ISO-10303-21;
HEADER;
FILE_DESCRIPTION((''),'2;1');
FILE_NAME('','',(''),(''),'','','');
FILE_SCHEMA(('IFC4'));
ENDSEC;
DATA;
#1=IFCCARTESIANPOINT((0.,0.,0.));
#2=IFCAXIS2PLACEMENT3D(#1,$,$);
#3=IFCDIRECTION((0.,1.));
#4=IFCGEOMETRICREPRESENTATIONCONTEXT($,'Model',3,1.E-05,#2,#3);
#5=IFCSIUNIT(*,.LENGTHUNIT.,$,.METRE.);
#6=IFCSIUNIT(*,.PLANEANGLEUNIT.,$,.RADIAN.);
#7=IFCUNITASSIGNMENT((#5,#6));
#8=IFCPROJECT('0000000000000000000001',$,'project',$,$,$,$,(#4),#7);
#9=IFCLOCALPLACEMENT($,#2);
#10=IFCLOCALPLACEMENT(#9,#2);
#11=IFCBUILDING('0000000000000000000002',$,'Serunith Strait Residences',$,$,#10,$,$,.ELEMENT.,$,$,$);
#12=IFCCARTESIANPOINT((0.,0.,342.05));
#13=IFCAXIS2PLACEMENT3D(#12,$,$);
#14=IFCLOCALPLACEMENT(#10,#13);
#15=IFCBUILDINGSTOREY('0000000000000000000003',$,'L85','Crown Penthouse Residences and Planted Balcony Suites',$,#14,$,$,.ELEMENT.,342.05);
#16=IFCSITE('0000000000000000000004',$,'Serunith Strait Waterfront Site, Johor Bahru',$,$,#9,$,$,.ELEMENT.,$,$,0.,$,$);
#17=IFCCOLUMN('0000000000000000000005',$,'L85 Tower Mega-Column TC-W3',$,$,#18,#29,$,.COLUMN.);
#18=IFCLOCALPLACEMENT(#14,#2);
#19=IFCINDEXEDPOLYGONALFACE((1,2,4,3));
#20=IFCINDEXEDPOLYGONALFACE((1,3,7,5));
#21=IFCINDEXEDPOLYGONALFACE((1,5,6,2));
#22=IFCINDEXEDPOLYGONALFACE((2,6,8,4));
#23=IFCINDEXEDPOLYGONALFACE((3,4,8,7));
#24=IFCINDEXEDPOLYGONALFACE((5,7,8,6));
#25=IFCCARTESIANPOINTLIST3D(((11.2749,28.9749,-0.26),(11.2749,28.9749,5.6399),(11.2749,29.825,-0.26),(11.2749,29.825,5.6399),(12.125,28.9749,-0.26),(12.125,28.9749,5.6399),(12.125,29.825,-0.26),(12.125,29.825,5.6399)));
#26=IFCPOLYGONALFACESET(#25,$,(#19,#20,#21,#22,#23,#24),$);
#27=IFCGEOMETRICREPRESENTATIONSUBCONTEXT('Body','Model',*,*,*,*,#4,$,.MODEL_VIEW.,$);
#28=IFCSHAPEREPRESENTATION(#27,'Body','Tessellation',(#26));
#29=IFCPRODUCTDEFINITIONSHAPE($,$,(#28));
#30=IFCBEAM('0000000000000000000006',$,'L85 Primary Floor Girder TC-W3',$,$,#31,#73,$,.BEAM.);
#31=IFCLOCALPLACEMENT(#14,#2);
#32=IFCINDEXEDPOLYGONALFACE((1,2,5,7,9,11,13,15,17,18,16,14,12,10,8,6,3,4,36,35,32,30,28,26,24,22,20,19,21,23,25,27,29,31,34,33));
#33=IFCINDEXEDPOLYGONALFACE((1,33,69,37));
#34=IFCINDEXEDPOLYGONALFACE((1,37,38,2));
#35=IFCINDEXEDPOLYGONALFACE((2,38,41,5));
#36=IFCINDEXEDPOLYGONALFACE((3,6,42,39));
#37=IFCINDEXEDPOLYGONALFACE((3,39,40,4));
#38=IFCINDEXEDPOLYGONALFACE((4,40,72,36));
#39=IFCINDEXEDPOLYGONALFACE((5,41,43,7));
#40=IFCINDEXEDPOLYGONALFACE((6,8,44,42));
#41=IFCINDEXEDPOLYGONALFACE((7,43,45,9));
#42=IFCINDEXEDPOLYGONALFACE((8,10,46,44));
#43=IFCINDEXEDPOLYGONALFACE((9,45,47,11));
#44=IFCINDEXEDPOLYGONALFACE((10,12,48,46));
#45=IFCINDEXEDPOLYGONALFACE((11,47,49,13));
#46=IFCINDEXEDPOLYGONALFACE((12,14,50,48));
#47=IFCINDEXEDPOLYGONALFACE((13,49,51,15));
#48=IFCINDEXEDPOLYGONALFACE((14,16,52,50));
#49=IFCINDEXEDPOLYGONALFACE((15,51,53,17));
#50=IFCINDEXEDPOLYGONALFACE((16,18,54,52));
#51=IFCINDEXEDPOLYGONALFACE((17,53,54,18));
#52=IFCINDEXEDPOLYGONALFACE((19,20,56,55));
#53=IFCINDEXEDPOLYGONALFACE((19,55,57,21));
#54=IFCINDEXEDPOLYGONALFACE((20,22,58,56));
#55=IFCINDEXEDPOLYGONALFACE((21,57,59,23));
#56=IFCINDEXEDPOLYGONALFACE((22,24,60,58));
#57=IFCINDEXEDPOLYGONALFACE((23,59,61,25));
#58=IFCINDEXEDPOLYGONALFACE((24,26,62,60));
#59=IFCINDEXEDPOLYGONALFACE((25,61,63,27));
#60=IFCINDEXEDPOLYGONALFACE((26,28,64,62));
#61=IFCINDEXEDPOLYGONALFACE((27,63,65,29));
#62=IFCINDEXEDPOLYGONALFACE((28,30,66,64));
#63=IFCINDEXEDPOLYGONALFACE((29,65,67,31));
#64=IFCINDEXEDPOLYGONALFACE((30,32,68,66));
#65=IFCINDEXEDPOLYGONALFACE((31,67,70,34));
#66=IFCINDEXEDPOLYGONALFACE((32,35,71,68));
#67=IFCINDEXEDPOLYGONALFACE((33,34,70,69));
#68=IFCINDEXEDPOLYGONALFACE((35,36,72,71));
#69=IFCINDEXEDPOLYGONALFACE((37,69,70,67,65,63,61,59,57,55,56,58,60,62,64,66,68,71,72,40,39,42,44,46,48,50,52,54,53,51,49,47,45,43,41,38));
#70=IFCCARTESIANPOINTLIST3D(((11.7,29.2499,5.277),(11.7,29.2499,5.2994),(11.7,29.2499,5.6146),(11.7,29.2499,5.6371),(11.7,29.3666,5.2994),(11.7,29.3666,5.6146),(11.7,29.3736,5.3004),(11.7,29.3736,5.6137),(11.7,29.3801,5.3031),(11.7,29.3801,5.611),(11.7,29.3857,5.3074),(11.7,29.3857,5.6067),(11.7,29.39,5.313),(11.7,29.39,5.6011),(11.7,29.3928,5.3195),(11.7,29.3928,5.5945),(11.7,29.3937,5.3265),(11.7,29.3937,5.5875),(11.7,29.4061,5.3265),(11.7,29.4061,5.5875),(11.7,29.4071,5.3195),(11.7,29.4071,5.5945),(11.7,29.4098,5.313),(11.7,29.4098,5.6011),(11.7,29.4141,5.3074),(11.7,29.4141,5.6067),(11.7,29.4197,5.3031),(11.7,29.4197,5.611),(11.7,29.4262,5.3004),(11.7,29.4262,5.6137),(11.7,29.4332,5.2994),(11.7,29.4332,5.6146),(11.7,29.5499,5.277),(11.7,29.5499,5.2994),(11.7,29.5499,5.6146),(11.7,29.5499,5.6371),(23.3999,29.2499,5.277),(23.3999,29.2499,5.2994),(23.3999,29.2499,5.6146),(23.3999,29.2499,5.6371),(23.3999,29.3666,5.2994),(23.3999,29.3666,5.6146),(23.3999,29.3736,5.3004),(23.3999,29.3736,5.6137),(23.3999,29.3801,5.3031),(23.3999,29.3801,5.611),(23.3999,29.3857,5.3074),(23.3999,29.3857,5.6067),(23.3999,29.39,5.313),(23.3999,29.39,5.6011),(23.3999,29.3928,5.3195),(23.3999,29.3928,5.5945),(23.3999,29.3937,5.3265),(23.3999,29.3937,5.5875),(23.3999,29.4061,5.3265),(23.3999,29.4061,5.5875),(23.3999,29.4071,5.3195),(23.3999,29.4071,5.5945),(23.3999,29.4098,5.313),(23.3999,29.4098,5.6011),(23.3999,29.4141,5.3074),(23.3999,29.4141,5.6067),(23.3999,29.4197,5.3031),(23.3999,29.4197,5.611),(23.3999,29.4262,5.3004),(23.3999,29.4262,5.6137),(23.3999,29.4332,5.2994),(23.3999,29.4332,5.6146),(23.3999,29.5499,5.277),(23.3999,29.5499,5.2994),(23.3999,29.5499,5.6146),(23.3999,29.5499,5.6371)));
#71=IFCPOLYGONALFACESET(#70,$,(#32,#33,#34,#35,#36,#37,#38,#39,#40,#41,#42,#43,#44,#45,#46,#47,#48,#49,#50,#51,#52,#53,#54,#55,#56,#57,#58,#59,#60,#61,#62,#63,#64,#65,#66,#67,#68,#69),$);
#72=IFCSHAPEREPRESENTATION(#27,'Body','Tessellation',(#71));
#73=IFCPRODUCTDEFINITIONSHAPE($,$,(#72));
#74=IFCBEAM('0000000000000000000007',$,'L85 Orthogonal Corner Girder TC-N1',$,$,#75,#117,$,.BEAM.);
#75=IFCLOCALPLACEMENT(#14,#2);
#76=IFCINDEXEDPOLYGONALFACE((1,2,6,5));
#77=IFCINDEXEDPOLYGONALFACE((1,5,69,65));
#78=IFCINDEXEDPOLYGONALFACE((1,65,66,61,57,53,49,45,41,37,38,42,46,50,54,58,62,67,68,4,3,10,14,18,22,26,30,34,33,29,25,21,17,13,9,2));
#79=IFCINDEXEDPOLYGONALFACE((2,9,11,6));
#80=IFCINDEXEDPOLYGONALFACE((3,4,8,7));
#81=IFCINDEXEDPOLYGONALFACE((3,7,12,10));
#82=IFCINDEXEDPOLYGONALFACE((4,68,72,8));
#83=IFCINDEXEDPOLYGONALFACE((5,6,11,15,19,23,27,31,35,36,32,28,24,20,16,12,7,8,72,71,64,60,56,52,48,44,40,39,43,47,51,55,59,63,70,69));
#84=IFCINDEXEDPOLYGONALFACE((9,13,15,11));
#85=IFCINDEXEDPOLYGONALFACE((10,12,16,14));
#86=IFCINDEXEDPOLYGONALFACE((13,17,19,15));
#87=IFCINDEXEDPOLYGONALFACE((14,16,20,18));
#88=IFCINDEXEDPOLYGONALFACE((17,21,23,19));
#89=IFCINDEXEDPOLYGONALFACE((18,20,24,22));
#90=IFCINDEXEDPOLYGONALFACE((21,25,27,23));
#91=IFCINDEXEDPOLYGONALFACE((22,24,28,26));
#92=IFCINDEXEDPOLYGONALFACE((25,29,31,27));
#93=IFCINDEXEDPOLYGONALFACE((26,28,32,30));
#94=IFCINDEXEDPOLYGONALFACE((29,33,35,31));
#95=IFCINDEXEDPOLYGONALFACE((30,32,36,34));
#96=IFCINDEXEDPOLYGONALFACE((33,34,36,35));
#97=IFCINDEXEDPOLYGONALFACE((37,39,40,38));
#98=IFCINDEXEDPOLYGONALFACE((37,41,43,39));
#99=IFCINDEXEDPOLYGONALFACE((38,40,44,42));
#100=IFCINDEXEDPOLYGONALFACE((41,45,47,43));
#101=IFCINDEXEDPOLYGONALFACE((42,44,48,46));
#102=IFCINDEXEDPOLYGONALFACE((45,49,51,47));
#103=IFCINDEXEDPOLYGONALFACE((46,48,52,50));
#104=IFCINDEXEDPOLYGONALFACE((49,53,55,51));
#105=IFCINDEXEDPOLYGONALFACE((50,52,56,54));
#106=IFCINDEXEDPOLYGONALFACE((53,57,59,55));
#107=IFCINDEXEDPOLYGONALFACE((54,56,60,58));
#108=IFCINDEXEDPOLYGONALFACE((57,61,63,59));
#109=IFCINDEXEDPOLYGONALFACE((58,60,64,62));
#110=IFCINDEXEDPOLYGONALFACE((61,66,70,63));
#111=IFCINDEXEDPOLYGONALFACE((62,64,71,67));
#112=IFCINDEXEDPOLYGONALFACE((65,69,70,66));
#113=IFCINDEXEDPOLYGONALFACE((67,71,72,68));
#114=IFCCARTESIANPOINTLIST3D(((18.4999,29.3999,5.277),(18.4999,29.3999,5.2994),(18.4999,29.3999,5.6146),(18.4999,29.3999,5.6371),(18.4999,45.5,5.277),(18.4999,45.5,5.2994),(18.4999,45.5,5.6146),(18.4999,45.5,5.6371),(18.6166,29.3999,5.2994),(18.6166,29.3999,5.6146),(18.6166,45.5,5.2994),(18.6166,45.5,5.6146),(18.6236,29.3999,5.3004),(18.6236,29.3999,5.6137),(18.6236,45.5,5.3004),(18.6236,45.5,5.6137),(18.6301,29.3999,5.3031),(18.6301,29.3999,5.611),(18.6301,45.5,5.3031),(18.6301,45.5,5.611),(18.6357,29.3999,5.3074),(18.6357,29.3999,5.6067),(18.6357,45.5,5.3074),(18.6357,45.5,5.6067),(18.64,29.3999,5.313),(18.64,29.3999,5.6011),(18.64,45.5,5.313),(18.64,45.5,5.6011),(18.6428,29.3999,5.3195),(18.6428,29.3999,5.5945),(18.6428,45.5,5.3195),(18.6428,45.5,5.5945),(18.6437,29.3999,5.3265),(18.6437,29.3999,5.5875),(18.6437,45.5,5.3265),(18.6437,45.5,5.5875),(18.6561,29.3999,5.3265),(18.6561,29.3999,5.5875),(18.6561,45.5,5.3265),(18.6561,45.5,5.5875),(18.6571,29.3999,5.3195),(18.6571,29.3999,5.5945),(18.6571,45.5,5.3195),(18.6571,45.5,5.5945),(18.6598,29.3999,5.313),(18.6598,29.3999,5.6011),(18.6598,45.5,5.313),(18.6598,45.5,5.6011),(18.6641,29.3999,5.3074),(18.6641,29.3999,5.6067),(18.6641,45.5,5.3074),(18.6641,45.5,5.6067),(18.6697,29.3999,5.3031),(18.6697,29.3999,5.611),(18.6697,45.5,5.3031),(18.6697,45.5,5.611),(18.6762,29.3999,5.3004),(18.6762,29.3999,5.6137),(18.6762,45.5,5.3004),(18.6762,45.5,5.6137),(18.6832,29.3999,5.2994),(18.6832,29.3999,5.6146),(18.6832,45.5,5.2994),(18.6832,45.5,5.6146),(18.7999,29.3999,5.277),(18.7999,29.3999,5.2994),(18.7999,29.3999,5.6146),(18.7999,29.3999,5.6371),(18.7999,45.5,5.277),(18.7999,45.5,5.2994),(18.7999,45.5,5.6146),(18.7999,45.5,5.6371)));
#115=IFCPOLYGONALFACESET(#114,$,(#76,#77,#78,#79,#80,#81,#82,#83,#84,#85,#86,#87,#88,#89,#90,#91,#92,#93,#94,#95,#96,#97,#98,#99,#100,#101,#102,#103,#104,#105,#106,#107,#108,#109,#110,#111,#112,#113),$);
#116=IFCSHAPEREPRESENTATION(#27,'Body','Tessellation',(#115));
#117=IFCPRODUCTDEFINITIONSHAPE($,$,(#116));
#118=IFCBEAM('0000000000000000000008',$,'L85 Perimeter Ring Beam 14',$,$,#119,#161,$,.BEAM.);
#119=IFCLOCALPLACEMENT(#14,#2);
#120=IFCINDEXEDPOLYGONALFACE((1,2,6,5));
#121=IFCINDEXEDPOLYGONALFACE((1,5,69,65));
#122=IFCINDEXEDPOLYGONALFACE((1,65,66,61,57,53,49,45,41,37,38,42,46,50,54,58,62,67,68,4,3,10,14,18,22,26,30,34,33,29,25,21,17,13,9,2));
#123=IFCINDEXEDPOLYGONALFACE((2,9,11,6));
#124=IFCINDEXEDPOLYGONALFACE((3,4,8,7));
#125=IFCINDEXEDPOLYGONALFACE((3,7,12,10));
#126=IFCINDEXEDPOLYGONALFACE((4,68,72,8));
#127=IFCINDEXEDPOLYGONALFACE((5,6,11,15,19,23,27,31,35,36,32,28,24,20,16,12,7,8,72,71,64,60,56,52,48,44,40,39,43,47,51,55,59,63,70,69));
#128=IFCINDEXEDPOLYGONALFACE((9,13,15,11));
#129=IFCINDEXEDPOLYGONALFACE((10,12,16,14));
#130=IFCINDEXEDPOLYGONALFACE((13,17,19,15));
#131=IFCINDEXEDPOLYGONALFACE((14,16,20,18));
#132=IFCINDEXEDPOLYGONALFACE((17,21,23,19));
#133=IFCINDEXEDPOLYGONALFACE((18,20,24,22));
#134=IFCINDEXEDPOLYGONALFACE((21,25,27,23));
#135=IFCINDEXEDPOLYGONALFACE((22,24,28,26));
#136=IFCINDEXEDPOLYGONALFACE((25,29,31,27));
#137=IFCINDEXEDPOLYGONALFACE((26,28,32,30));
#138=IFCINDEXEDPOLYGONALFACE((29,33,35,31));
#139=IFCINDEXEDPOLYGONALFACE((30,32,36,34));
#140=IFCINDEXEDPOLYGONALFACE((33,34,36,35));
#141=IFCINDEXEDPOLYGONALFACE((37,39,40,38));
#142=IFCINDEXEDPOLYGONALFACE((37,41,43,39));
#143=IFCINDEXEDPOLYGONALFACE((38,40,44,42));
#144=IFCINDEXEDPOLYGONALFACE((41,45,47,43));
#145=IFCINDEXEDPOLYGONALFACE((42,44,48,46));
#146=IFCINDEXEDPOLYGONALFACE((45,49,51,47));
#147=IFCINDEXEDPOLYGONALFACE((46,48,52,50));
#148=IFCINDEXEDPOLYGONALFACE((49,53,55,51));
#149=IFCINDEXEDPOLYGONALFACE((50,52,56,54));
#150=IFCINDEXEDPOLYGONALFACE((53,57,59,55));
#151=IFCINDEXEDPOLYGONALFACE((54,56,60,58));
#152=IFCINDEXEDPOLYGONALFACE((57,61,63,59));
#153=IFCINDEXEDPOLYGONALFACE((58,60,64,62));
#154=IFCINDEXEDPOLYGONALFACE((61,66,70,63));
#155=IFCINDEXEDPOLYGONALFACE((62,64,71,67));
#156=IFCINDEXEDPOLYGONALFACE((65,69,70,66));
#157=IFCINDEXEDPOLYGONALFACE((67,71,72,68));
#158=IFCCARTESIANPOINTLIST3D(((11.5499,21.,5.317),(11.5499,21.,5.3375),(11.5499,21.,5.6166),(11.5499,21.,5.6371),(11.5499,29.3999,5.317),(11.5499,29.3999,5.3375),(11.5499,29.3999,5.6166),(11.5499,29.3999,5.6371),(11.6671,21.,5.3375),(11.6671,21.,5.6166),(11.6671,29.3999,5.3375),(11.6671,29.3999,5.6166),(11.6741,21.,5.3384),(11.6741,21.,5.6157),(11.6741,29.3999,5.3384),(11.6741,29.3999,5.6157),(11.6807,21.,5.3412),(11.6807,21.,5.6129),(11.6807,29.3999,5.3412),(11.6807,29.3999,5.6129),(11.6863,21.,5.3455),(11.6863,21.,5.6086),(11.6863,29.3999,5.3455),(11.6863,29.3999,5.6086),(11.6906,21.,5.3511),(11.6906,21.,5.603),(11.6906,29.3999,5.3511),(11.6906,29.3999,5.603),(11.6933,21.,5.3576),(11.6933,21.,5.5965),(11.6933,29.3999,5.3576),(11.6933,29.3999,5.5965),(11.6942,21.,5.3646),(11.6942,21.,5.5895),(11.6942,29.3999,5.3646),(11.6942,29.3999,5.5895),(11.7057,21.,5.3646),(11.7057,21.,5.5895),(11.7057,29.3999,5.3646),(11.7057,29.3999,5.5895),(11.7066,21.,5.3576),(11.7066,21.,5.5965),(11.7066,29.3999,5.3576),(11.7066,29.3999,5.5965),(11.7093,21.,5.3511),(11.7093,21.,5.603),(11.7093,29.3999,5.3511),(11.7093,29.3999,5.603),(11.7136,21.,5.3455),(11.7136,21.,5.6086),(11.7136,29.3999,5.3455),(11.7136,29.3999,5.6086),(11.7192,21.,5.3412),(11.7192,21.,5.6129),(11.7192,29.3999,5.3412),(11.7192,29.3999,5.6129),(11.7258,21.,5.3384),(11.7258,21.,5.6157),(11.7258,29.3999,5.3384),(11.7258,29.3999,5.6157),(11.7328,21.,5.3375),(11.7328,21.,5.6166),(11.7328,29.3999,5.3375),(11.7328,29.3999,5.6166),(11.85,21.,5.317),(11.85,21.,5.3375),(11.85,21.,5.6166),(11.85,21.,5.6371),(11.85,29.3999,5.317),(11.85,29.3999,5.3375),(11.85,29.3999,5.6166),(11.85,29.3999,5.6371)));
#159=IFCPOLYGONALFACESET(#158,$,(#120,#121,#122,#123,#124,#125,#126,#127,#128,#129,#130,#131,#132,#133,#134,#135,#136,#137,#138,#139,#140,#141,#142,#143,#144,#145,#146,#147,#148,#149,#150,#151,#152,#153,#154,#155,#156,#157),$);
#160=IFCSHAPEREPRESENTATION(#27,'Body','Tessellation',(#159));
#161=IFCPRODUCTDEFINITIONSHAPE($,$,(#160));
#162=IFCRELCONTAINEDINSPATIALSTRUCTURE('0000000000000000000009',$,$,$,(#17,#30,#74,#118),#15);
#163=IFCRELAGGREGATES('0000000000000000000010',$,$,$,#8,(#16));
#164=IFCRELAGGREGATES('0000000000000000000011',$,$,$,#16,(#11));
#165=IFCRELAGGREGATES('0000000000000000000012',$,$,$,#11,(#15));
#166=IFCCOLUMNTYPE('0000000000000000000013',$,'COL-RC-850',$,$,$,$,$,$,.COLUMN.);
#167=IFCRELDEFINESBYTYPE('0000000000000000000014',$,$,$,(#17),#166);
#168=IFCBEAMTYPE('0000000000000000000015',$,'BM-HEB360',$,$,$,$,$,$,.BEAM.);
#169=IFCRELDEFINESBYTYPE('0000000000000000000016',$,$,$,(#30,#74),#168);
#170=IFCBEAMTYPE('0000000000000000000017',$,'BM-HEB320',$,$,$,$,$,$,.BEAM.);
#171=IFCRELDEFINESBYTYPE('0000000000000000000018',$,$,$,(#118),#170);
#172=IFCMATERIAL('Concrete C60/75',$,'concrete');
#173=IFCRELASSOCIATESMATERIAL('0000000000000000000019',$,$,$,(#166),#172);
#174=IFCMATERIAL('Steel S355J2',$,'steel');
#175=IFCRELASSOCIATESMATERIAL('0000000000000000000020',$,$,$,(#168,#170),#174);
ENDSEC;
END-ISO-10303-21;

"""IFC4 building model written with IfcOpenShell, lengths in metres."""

from ifc_helpers import new_model, si_unit, direction, frame, origin, origin_2d, place, context, subcontext, project, spatial, rectangle, i_section, extrude, source, transform, mapped, material, material_profile, profile_set, type_object, element, save


model = new_model("IFC4")

# Units and contexts
model_context = context("Model", 3, precision=1e-05, world=origin(), true_north=direction((0.0, 1.0)))
body_context = subcontext(model_context, "Body", "Model", "MODEL_VIEW")
ifc_project = project(units=[si_unit("LENGTHUNIT", "METRE"), si_unit("PLANEANGLEUNIT", "RADIAN")], contexts=[model_context])

# Site, building, storey
site_placement = place(None, origin())
site = spatial("IfcSite", under=ifc_project, at=site_placement, Name="Serunith Strait Waterfront Site, Johor Bahru", CompositionType="ELEMENT", RefElevation=0.0)
building_placement = place(site_placement, origin())
building = spatial("IfcBuilding", under=site, at=building_placement, Name="Serunith Strait Residences", CompositionType="ELEMENT")
storey_placement = place(building_placement, frame((0.0, 0.0, 342.05)))
storey = spatial("IfcBuildingStorey", under=building, at=storey_placement, Name="L85", Description="Crown Penthouse Residences and Planted Balcony Suites", CompositionType="ELEMENT", Elevation=342.05)

# Column
ifc_material_1 = material(Name="Concrete C60/75", Category="concrete")
ifc_material_profile_1 = material_profile(ifc_material_1, rectangle(XDim=0.8501, YDim=0.8501, at=origin_2d()), Name="RC 850x850")
ifc_profile_set_1 = profile_set([ifc_material_profile_1], Name="Concrete C60/75")
column_type = type_object("IfcColumnType", Name="COL-RC-850", PredefinedType="COLUMN", material=ifc_profile_set_1)
shared_shape_1 = source(origin(), body_context, "Body", "SweptSolid", [
    extrude(rectangle(XDim=0.8501, YDim=0.8501, at=origin_2d()), origin(), (0.0, 0.0, 1.0), 5.8999),
])
column_placement = place(storey_placement, frame((11.7, 29.3999, -0.26), z_axis=(0.0, 0.0, 1.0), x_axis=(1.0, 0.0, 0.0)))
element("IfcColumn", 1, at=column_placement, inside=storey, type_object=column_type, Name="L85 Tower Mega-Column TC-W3", PredefinedType="COLUMN", context=body_context, shape_type="MappedRepresentation", body=[
    mapped(shared_shape_1, transform((0.0, 0.0, 0.0), scale=1.0)),
])

# Beams
ifc_material_2 = material(Name="Steel S355J2", Category="steel")
ifc_material_profile_2 = material_profile(ifc_material_2, i_section(OverallWidth=0.3, OverallDepth=0.3601, WebThickness=0.0125, FlangeThickness=0.0225, FilletRadius=0.0271, at=origin_2d()), Name="HEB 360")
ifc_profile_set_2 = profile_set([ifc_material_profile_2], Name="Steel S355J2")
beam_type_1 = type_object("IfcBeamType", Name="BM-HEB360", PredefinedType="BEAM", material=ifc_profile_set_2)
shared_shape_2 = source(origin(), body_context, "Body", "SweptSolid", [
    extrude(i_section(OverallWidth=0.3, OverallDepth=0.3601, WebThickness=0.0125, FlangeThickness=0.0225, FilletRadius=0.0271, at=origin_2d()), origin(), (0.0, 0.0, 1.0), 11.7),
])
beam_1_placement = place(storey_placement, frame((23.3999, 29.3999, 5.457), z_axis=(-1.0, 0.0, 0.0), x_axis=(0.0, -1.0, 0.0)))
element("IfcBeam", 2, at=beam_1_placement, inside=storey, type_object=beam_type_1, Name="L85 Primary Floor Girder TC-W3", PredefinedType="BEAM", context=body_context, shape_type="MappedRepresentation", body=[
    mapped(shared_shape_2, transform((0.0, 0.0, 0.0), scale=1.0)),
])
shared_shape_3 = source(origin(), body_context, "Body", "SweptSolid", [
    extrude(i_section(OverallWidth=0.3, OverallDepth=0.3601, WebThickness=0.0125, FlangeThickness=0.0225, FilletRadius=0.0271, at=origin_2d()), origin(), (0.0, 0.0, 1.0), 16.1001),
])
beam_2_placement = place(storey_placement, frame((18.6499, 29.3999, 5.457), z_axis=(0.0, 1.0, 0.0), x_axis=(-1.0, 0.0, 0.0)))
element("IfcBeam", 3, at=beam_2_placement, inside=storey, type_object=beam_type_1, Name="L85 Orthogonal Corner Girder TC-N1", PredefinedType="BEAM", context=body_context, shape_type="MappedRepresentation", body=[
    mapped(shared_shape_3, transform((0.0, 0.0, 0.0), scale=1.0)),
])
ifc_material_profile_3 = material_profile(ifc_material_2, i_section(OverallWidth=0.3, OverallDepth=0.3201, WebThickness=0.0115, FlangeThickness=0.0205, FilletRadius=0.0271, at=origin_2d()), Name="HEB 320")
ifc_profile_set_3 = profile_set([ifc_material_profile_3], Name="Steel S355J2")
beam_type_2 = type_object("IfcBeamType", Name="BM-HEB320", PredefinedType="BEAM", material=ifc_profile_set_3)
shared_shape_4 = source(origin(), body_context, "Body", "SweptSolid", [
    extrude(i_section(OverallWidth=0.3, OverallDepth=0.3201, WebThickness=0.0115, FlangeThickness=0.0205, FilletRadius=0.0271, at=origin_2d()), origin(), (0.0, 0.0, 1.0), 8.3999),
])
beam_3_placement = place(storey_placement, frame((11.7, 29.3999, 5.4771), z_axis=(0.0, -1.0, 0.0), x_axis=(1.0, 0.0, 0.0)))
element("IfcBeam", 4, at=beam_3_placement, inside=storey, type_object=beam_type_2, Name="L85 Perimeter Ring Beam 14", PredefinedType="BEAM", context=body_context, shape_type="MappedRepresentation", body=[
    mapped(shared_shape_4, transform((0.0, 0.0, 0.0), scale=1.0)),
])

save(model, "model.ifc")
